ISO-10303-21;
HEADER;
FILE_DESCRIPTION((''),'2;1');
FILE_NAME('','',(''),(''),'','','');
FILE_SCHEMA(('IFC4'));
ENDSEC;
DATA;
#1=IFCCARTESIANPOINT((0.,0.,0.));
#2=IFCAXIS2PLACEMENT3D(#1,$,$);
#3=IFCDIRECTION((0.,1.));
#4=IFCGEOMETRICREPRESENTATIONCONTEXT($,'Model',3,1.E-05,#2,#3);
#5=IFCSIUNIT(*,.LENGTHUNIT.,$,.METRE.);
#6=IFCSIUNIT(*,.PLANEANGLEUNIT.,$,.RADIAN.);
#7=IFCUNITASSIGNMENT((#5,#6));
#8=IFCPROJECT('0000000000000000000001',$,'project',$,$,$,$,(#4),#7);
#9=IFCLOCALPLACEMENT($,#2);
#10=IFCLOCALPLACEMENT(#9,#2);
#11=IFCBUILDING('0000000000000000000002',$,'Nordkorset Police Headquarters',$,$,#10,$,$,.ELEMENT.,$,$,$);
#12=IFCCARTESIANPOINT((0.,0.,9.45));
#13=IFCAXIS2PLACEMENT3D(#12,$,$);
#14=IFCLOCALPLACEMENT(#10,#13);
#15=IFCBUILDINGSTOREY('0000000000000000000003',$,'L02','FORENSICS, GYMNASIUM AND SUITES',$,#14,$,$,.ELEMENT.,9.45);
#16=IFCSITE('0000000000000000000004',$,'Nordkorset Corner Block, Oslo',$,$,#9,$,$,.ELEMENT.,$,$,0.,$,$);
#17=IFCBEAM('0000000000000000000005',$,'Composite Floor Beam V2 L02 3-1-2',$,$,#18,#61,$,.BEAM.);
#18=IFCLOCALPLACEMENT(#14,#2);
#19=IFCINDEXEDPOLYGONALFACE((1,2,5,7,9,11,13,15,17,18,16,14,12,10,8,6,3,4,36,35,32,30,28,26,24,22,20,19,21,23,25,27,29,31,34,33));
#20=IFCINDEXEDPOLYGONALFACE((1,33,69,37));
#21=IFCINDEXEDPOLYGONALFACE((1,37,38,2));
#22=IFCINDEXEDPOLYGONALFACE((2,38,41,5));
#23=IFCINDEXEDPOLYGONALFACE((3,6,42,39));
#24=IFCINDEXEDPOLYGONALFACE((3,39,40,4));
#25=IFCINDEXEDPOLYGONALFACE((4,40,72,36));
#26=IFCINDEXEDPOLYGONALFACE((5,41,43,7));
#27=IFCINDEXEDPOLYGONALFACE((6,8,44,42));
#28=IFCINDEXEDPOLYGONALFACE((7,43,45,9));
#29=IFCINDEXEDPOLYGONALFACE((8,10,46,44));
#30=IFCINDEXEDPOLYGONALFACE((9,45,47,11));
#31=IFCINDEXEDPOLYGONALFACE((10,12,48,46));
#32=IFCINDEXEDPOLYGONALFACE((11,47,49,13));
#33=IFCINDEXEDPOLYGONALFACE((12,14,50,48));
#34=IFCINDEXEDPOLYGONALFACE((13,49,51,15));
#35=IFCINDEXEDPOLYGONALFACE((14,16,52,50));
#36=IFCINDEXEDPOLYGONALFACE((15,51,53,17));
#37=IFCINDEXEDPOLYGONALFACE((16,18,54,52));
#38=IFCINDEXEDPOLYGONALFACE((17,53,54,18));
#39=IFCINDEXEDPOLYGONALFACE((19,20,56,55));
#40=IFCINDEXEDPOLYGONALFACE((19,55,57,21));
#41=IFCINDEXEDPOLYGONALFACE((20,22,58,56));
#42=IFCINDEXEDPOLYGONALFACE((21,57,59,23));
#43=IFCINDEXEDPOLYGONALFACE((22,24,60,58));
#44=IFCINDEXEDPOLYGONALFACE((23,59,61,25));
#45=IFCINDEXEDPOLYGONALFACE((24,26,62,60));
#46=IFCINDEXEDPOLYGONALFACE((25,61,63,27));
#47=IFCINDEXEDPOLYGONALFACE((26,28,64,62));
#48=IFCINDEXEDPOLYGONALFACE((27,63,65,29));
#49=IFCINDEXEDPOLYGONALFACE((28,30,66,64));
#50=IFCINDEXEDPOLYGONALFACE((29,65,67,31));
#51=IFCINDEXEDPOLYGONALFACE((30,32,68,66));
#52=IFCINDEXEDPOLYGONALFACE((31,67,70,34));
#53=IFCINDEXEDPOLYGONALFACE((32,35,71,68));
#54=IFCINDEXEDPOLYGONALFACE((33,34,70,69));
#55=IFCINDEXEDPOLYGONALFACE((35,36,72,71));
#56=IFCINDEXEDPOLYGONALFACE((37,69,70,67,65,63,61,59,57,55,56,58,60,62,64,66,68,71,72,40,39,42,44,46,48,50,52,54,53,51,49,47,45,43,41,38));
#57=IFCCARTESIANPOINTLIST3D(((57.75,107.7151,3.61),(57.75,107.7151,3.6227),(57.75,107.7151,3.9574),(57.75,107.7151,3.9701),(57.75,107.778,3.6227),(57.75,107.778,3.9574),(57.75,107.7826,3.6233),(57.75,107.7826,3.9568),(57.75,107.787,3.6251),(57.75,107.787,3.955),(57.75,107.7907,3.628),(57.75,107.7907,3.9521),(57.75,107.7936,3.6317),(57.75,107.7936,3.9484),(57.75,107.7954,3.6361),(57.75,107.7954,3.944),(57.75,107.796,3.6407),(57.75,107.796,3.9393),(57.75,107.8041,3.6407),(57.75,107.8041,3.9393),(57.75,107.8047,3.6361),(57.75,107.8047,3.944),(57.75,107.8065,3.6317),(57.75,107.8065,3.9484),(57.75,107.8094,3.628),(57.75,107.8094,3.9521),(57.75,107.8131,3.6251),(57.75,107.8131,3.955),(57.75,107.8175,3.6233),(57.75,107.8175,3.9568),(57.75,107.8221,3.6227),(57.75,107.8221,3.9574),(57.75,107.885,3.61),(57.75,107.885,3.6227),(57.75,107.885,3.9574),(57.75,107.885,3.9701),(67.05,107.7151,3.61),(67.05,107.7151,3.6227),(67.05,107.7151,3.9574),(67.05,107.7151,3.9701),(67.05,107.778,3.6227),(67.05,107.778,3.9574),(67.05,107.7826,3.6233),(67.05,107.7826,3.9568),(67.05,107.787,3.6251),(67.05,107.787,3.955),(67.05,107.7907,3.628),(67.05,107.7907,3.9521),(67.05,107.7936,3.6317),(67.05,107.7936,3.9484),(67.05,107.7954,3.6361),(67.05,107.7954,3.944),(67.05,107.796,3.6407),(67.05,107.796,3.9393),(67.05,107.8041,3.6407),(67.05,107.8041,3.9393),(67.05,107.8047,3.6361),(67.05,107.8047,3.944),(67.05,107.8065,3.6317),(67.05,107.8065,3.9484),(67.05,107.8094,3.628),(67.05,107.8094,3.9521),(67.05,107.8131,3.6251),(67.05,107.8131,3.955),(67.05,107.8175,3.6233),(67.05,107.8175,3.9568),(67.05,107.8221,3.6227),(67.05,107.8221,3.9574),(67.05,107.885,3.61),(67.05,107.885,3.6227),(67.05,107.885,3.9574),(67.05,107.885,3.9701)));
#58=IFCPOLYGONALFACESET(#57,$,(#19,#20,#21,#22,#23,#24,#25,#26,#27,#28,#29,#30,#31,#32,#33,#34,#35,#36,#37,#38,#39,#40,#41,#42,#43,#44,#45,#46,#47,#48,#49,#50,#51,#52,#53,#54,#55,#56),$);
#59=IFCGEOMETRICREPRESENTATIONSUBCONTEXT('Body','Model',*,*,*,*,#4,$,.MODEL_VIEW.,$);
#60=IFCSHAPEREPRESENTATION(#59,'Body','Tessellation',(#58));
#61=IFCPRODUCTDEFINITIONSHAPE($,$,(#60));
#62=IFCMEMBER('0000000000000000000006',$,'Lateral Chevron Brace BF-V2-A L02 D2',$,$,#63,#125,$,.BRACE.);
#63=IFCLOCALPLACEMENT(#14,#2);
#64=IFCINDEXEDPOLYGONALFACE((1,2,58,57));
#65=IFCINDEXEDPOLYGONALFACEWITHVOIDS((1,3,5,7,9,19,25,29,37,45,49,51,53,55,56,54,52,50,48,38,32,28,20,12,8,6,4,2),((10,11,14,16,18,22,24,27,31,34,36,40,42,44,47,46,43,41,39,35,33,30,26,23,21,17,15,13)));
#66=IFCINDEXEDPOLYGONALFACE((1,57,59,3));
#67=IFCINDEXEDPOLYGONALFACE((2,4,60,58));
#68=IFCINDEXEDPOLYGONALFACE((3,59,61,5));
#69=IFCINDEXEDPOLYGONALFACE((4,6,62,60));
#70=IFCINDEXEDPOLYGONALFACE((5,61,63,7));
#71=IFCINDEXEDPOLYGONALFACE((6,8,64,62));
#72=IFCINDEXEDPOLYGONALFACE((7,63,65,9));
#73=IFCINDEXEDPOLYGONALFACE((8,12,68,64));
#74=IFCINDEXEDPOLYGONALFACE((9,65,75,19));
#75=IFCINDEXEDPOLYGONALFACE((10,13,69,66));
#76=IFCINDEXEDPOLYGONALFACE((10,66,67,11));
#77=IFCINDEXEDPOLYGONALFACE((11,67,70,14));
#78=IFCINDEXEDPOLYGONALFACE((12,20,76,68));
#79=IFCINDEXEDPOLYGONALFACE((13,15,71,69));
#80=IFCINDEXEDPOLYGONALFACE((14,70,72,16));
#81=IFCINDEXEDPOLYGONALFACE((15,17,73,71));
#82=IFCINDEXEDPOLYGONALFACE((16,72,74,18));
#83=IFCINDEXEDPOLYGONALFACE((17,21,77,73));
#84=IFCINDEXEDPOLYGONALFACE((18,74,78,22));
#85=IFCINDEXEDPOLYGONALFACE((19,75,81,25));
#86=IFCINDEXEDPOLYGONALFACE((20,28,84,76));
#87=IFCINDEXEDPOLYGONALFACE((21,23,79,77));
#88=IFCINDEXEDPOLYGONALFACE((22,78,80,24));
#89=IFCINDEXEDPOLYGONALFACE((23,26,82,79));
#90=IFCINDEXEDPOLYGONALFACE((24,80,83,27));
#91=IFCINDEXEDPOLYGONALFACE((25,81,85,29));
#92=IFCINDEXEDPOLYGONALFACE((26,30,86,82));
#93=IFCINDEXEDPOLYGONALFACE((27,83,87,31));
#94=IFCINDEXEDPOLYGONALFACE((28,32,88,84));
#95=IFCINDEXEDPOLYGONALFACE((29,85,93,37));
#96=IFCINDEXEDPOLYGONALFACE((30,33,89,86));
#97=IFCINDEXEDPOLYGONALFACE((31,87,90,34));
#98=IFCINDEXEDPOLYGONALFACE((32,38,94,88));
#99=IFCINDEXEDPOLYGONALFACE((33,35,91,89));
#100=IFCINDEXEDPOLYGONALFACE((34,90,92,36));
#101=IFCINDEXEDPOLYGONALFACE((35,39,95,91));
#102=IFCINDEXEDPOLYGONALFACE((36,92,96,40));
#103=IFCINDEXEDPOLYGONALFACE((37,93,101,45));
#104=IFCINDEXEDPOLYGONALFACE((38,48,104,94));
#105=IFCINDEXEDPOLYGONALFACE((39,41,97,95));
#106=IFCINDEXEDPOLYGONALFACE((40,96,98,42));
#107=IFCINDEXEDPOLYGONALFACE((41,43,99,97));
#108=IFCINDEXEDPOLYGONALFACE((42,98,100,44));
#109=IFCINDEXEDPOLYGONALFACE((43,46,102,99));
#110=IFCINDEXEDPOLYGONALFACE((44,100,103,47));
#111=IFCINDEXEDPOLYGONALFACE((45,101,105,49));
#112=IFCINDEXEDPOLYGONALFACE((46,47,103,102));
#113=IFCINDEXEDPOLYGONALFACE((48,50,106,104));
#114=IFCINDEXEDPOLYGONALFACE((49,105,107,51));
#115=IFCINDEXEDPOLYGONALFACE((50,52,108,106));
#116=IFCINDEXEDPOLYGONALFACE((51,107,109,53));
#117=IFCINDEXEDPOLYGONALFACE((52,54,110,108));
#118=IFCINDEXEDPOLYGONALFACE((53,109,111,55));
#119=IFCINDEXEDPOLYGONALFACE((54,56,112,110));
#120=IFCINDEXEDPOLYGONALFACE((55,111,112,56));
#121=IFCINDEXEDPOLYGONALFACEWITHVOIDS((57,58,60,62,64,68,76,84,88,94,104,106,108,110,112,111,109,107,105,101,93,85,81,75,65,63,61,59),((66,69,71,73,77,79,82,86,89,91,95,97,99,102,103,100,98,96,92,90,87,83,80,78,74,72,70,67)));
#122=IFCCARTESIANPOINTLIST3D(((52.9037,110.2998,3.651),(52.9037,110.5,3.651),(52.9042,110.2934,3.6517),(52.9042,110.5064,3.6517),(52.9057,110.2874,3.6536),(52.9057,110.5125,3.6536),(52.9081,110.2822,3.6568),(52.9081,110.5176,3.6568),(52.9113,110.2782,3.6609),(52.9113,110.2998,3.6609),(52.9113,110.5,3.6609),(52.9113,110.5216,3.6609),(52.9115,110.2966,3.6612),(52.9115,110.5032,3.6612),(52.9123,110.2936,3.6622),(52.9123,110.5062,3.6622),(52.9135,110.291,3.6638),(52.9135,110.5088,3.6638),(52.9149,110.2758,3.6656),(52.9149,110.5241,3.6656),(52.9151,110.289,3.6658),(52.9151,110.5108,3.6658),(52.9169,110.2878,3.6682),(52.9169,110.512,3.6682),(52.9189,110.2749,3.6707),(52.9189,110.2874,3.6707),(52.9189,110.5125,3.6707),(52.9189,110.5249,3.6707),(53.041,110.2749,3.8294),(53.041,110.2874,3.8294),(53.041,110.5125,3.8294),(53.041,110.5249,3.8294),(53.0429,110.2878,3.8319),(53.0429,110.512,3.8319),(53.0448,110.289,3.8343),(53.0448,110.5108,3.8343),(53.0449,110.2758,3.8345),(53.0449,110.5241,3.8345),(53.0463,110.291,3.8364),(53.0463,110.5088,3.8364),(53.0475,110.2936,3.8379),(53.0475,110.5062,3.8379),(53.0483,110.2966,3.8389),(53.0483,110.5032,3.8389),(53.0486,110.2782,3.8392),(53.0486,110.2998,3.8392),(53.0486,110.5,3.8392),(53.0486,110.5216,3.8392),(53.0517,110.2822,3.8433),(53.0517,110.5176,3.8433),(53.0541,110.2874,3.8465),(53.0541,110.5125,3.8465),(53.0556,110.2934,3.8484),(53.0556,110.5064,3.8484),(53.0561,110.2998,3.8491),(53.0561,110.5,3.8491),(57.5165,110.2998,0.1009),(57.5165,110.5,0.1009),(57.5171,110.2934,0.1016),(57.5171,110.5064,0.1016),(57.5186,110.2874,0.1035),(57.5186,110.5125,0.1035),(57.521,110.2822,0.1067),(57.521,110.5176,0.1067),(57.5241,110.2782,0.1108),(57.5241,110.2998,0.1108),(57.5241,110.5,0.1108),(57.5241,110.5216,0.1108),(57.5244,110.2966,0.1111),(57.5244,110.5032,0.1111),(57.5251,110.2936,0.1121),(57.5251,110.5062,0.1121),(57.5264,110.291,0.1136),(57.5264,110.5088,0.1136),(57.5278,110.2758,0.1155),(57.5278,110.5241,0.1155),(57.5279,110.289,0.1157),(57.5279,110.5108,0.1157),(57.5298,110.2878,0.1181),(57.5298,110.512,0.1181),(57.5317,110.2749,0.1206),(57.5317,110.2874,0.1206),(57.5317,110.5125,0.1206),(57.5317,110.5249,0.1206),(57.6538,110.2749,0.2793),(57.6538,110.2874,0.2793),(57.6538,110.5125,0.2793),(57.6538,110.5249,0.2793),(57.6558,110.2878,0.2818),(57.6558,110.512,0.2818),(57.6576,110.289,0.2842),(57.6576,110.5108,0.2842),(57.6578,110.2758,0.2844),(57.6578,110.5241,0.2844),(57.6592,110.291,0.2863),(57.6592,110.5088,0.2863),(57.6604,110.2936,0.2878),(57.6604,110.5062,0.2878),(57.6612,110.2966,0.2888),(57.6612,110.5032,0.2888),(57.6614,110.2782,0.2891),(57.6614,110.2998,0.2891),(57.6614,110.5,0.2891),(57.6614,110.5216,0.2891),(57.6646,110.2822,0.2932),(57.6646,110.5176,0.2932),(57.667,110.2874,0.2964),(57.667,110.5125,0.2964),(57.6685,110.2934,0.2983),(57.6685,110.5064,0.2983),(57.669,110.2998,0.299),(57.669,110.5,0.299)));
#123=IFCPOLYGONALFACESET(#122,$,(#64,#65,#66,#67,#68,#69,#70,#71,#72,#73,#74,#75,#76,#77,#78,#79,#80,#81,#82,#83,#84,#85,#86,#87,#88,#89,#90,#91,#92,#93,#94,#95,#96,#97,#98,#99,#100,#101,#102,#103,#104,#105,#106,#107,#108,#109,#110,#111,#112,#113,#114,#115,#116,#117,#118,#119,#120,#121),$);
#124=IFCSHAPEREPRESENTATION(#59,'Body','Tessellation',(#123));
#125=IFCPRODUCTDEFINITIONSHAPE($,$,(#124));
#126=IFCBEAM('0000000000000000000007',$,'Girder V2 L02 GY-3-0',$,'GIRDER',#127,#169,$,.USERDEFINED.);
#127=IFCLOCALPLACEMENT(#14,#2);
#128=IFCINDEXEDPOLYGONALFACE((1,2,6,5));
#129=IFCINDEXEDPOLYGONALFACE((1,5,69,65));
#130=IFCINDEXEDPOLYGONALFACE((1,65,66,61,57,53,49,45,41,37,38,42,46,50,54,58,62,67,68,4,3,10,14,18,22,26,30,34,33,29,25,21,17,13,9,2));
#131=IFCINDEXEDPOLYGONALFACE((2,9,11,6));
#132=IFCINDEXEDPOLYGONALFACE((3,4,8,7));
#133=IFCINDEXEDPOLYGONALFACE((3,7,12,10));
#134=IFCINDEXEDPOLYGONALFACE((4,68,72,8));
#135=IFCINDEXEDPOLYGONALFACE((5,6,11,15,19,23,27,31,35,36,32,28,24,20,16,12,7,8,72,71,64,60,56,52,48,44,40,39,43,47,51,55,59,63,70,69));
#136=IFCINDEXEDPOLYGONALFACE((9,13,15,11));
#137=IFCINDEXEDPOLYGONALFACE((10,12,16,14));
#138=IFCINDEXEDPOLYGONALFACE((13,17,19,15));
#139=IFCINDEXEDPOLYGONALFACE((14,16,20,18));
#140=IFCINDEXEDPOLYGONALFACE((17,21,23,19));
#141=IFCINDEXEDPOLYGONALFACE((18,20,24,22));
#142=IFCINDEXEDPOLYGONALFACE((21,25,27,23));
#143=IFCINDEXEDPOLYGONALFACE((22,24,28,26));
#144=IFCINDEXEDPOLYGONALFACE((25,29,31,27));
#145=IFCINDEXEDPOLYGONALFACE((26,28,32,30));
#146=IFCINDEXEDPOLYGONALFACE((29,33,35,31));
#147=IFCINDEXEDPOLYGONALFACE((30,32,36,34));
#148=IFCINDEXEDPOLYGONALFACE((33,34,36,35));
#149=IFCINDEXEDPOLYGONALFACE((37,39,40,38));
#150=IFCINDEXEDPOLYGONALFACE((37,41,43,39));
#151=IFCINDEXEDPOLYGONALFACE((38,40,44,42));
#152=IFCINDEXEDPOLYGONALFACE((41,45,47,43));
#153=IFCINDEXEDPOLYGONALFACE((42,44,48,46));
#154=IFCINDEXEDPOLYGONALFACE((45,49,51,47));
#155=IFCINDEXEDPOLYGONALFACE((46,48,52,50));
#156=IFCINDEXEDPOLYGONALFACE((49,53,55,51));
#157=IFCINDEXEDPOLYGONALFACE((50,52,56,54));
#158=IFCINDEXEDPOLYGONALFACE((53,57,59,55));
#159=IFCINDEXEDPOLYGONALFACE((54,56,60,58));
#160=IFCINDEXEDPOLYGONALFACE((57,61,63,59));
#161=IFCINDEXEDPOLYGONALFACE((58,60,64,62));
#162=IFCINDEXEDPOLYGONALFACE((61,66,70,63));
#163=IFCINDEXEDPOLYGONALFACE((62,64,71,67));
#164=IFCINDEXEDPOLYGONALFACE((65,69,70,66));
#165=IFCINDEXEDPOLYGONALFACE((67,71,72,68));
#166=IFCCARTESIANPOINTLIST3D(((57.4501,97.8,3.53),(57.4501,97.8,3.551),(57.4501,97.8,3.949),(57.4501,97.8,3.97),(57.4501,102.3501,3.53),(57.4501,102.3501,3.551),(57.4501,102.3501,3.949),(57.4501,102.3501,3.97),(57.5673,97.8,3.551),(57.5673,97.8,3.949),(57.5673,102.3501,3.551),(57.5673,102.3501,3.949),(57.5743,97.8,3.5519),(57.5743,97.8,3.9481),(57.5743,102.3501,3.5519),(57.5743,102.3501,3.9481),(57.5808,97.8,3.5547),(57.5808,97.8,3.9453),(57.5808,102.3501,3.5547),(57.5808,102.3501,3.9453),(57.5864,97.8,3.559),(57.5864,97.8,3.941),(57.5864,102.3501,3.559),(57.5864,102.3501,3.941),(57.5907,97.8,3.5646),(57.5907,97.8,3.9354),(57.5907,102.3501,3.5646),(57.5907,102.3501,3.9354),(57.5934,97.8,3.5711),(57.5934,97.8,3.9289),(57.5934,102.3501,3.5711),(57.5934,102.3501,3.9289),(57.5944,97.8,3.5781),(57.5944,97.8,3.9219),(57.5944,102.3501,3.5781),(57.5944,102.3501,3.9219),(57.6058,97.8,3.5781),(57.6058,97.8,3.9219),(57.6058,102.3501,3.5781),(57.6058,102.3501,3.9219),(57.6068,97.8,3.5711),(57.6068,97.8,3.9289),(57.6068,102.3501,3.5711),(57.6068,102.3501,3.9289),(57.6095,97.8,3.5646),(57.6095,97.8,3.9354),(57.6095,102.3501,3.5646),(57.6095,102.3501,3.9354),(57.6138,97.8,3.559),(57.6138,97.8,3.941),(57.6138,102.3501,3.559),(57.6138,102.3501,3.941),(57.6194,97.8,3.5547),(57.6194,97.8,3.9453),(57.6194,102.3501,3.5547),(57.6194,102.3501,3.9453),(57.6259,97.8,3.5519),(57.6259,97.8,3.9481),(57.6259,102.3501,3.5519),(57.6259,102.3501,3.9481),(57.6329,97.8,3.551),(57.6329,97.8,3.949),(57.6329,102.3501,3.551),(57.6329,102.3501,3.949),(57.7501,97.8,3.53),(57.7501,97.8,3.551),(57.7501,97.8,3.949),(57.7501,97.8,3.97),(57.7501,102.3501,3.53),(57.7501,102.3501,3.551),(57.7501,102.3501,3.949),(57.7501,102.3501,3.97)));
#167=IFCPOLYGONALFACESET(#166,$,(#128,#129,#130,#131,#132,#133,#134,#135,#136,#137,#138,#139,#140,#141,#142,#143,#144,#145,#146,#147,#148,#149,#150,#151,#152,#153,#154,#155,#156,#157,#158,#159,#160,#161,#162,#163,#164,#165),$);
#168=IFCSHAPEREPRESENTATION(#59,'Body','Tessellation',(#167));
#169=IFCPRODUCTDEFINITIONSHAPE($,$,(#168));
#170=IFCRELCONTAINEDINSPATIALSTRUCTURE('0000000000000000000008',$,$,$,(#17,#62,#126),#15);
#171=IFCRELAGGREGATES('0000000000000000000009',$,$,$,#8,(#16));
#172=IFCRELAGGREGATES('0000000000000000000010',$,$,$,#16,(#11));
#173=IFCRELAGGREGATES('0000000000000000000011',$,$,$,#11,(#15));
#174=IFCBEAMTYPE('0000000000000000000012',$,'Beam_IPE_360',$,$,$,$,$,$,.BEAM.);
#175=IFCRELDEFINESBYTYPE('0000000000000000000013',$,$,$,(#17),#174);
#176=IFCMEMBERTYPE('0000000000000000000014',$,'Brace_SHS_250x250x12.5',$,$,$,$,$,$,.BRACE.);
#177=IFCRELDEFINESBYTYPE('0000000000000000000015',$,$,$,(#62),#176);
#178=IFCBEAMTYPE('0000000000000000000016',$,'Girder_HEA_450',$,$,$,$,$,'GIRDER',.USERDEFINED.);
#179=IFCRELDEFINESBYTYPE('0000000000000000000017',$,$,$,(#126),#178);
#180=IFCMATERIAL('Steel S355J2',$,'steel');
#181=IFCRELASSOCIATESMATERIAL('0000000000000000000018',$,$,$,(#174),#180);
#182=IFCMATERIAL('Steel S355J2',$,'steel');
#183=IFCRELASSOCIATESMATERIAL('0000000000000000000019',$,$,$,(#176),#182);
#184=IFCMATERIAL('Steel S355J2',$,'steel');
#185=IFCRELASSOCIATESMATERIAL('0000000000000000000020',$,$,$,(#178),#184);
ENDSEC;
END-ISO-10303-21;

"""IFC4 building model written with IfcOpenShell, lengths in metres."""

from ifc_helpers import new_model, si_unit, direction, frame, origin, origin_2d, place, context, subcontext, project, spatial, hollow_rectangle, i_section, extrude, material, material_profile, profile_set, type_object, element, save


model = new_model("IFC4")

# Units and contexts
model_context = context("Model", 3, precision=1e-05, world=origin(), true_north=direction((0.0, 1.0)))
body_context = subcontext(model_context, "Body", "Model", "MODEL_VIEW")
ifc_project = project(units=[si_unit("LENGTHUNIT", "METRE"), si_unit("PLANEANGLEUNIT", "RADIAN")], contexts=[model_context])

# Site, building, storey
site_placement = place(None, origin())
site = spatial("IfcSite", under=ifc_project, at=site_placement, Name="Nordkorset Corner Block, Oslo", CompositionType="ELEMENT", RefElevation=0.0)
building_placement = place(site_placement, origin())
building = spatial("IfcBuilding", under=site, at=building_placement, Name="Nordkorset Police Headquarters", CompositionType="ELEMENT")
storey_placement = place(building_placement, frame((0.0, 0.0, 9.45)))
storey = spatial("IfcBuildingStorey", under=building, at=storey_placement, Name="L02", Description="FORENSICS, GYMNASIUM AND SUITES", CompositionType="ELEMENT", Elevation=9.45)

# Beam
ifc_material_1 = material(Name="Steel S355J2", Category="steel")
ifc_material_profile_1 = material_profile(ifc_material_1, i_section(OverallWidth=0.1699, OverallDepth=0.3601, WebThickness=0.0081, FlangeThickness=0.0127, FilletRadius=0.0181, at=origin_2d()), Name="IPE 360")
ifc_profile_set_1 = profile_set([ifc_material_profile_1], Name="Steel S355J2")
beam_type_1 = type_object("IfcBeamType", Name="Beam_IPE_360", PredefinedType="BEAM", material=ifc_profile_set_1)
for number, where, z_axis, x_axis, name in (
    (1, (57.75, 107.8, 3.79), (1.0, 0.0, 0.0), (0.0, 1.0, 0.0), "Composite Floor Beam V2 L02 3-1-2"),
):
    element("IfcBeam", number, at=place(storey_placement, frame(where, z_axis=z_axis, x_axis=x_axis)), inside=storey, type_object=beam_type_1, Name=name, PredefinedType="BEAM", context=body_context, shape_type="SweptSolid", body=[
        extrude(i_section(OverallWidth=0.1699, OverallDepth=0.3601, WebThickness=0.0081, FlangeThickness=0.0127, FilletRadius=0.0181, at=origin_2d()), origin(), (0.0, 0.0, 1.0), 9.3),
    ])

# Member
ifc_material_2 = material(Name="Steel S355J2", Category="steel")
ifc_material_profile_2 = material_profile(ifc_material_2, hollow_rectangle(XDim=0.25, YDim=0.25, WallThickness=0.0125, InnerFilletRadius=0.0125, OuterFilletRadius=0.0249, at=origin_2d()), Name="SHS 250x250x12.5")
ifc_profile_set_2 = profile_set([ifc_material_profile_2], Name="Steel S355J2")
member_type = type_object("IfcMemberType", Name="Brace_SHS_250x250x12.5", PredefinedType="BRACE", material=ifc_profile_set_2)
member_placement = place(storey_placement, frame((57.5928, 110.3999, 0.2), z_axis=(-0.792479, 0.0, 0.609899), x_axis=(0.0, -1.0, 0.0)))
element("IfcMember", 2, at=member_placement, inside=storey, type_object=member_type, Name="Lateral Chevron Brace BF-V2-A L02 D2", PredefinedType="BRACE", context=body_context, shape_type="SweptSolid", body=[
    extrude(hollow_rectangle(XDim=0.25, YDim=0.25, WallThickness=0.0125, InnerFilletRadius=0.0125, OuterFilletRadius=0.0249, at=origin_2d()), origin(), (0.0, 0.0, 1.0), 5.8208),
])

# Beam
ifc_material_3 = material(Name="Steel S355J2", Category="steel")
ifc_material_profile_3 = material_profile(ifc_material_3, i_section(OverallWidth=0.3, OverallDepth=0.4399, WebThickness=0.0115, FlangeThickness=0.021, FilletRadius=0.0271, at=origin_2d()), Name="HEA 450")
ifc_profile_set_3 = profile_set([ifc_material_profile_3], Name="Steel S355J2")
beam_type_2 = type_object("IfcBeamType", Name="Girder_HEA_450", ElementType="GIRDER", PredefinedType="USERDEFINED", material=ifc_profile_set_3)
beam_1_placement = place(storey_placement, frame((57.6001, 97.8, 3.75), z_axis=(0.0, 1.0, 0.0), x_axis=(-1.0, 0.0, 0.0)))
element("IfcBeam", 3, at=beam_1_placement, inside=storey, type_object=beam_type_2, Name="Girder V2 L02 GY-3-0", ObjectType="GIRDER", PredefinedType="USERDEFINED", context=body_context, shape_type="SweptSolid", body=[
    extrude(i_section(OverallWidth=0.3, OverallDepth=0.4399, WebThickness=0.0115, FlangeThickness=0.021, FilletRadius=0.0271, at=origin_2d()), origin(), (0.0, 0.0, 1.0), 4.55),
])

save(model, "model.ifc")
